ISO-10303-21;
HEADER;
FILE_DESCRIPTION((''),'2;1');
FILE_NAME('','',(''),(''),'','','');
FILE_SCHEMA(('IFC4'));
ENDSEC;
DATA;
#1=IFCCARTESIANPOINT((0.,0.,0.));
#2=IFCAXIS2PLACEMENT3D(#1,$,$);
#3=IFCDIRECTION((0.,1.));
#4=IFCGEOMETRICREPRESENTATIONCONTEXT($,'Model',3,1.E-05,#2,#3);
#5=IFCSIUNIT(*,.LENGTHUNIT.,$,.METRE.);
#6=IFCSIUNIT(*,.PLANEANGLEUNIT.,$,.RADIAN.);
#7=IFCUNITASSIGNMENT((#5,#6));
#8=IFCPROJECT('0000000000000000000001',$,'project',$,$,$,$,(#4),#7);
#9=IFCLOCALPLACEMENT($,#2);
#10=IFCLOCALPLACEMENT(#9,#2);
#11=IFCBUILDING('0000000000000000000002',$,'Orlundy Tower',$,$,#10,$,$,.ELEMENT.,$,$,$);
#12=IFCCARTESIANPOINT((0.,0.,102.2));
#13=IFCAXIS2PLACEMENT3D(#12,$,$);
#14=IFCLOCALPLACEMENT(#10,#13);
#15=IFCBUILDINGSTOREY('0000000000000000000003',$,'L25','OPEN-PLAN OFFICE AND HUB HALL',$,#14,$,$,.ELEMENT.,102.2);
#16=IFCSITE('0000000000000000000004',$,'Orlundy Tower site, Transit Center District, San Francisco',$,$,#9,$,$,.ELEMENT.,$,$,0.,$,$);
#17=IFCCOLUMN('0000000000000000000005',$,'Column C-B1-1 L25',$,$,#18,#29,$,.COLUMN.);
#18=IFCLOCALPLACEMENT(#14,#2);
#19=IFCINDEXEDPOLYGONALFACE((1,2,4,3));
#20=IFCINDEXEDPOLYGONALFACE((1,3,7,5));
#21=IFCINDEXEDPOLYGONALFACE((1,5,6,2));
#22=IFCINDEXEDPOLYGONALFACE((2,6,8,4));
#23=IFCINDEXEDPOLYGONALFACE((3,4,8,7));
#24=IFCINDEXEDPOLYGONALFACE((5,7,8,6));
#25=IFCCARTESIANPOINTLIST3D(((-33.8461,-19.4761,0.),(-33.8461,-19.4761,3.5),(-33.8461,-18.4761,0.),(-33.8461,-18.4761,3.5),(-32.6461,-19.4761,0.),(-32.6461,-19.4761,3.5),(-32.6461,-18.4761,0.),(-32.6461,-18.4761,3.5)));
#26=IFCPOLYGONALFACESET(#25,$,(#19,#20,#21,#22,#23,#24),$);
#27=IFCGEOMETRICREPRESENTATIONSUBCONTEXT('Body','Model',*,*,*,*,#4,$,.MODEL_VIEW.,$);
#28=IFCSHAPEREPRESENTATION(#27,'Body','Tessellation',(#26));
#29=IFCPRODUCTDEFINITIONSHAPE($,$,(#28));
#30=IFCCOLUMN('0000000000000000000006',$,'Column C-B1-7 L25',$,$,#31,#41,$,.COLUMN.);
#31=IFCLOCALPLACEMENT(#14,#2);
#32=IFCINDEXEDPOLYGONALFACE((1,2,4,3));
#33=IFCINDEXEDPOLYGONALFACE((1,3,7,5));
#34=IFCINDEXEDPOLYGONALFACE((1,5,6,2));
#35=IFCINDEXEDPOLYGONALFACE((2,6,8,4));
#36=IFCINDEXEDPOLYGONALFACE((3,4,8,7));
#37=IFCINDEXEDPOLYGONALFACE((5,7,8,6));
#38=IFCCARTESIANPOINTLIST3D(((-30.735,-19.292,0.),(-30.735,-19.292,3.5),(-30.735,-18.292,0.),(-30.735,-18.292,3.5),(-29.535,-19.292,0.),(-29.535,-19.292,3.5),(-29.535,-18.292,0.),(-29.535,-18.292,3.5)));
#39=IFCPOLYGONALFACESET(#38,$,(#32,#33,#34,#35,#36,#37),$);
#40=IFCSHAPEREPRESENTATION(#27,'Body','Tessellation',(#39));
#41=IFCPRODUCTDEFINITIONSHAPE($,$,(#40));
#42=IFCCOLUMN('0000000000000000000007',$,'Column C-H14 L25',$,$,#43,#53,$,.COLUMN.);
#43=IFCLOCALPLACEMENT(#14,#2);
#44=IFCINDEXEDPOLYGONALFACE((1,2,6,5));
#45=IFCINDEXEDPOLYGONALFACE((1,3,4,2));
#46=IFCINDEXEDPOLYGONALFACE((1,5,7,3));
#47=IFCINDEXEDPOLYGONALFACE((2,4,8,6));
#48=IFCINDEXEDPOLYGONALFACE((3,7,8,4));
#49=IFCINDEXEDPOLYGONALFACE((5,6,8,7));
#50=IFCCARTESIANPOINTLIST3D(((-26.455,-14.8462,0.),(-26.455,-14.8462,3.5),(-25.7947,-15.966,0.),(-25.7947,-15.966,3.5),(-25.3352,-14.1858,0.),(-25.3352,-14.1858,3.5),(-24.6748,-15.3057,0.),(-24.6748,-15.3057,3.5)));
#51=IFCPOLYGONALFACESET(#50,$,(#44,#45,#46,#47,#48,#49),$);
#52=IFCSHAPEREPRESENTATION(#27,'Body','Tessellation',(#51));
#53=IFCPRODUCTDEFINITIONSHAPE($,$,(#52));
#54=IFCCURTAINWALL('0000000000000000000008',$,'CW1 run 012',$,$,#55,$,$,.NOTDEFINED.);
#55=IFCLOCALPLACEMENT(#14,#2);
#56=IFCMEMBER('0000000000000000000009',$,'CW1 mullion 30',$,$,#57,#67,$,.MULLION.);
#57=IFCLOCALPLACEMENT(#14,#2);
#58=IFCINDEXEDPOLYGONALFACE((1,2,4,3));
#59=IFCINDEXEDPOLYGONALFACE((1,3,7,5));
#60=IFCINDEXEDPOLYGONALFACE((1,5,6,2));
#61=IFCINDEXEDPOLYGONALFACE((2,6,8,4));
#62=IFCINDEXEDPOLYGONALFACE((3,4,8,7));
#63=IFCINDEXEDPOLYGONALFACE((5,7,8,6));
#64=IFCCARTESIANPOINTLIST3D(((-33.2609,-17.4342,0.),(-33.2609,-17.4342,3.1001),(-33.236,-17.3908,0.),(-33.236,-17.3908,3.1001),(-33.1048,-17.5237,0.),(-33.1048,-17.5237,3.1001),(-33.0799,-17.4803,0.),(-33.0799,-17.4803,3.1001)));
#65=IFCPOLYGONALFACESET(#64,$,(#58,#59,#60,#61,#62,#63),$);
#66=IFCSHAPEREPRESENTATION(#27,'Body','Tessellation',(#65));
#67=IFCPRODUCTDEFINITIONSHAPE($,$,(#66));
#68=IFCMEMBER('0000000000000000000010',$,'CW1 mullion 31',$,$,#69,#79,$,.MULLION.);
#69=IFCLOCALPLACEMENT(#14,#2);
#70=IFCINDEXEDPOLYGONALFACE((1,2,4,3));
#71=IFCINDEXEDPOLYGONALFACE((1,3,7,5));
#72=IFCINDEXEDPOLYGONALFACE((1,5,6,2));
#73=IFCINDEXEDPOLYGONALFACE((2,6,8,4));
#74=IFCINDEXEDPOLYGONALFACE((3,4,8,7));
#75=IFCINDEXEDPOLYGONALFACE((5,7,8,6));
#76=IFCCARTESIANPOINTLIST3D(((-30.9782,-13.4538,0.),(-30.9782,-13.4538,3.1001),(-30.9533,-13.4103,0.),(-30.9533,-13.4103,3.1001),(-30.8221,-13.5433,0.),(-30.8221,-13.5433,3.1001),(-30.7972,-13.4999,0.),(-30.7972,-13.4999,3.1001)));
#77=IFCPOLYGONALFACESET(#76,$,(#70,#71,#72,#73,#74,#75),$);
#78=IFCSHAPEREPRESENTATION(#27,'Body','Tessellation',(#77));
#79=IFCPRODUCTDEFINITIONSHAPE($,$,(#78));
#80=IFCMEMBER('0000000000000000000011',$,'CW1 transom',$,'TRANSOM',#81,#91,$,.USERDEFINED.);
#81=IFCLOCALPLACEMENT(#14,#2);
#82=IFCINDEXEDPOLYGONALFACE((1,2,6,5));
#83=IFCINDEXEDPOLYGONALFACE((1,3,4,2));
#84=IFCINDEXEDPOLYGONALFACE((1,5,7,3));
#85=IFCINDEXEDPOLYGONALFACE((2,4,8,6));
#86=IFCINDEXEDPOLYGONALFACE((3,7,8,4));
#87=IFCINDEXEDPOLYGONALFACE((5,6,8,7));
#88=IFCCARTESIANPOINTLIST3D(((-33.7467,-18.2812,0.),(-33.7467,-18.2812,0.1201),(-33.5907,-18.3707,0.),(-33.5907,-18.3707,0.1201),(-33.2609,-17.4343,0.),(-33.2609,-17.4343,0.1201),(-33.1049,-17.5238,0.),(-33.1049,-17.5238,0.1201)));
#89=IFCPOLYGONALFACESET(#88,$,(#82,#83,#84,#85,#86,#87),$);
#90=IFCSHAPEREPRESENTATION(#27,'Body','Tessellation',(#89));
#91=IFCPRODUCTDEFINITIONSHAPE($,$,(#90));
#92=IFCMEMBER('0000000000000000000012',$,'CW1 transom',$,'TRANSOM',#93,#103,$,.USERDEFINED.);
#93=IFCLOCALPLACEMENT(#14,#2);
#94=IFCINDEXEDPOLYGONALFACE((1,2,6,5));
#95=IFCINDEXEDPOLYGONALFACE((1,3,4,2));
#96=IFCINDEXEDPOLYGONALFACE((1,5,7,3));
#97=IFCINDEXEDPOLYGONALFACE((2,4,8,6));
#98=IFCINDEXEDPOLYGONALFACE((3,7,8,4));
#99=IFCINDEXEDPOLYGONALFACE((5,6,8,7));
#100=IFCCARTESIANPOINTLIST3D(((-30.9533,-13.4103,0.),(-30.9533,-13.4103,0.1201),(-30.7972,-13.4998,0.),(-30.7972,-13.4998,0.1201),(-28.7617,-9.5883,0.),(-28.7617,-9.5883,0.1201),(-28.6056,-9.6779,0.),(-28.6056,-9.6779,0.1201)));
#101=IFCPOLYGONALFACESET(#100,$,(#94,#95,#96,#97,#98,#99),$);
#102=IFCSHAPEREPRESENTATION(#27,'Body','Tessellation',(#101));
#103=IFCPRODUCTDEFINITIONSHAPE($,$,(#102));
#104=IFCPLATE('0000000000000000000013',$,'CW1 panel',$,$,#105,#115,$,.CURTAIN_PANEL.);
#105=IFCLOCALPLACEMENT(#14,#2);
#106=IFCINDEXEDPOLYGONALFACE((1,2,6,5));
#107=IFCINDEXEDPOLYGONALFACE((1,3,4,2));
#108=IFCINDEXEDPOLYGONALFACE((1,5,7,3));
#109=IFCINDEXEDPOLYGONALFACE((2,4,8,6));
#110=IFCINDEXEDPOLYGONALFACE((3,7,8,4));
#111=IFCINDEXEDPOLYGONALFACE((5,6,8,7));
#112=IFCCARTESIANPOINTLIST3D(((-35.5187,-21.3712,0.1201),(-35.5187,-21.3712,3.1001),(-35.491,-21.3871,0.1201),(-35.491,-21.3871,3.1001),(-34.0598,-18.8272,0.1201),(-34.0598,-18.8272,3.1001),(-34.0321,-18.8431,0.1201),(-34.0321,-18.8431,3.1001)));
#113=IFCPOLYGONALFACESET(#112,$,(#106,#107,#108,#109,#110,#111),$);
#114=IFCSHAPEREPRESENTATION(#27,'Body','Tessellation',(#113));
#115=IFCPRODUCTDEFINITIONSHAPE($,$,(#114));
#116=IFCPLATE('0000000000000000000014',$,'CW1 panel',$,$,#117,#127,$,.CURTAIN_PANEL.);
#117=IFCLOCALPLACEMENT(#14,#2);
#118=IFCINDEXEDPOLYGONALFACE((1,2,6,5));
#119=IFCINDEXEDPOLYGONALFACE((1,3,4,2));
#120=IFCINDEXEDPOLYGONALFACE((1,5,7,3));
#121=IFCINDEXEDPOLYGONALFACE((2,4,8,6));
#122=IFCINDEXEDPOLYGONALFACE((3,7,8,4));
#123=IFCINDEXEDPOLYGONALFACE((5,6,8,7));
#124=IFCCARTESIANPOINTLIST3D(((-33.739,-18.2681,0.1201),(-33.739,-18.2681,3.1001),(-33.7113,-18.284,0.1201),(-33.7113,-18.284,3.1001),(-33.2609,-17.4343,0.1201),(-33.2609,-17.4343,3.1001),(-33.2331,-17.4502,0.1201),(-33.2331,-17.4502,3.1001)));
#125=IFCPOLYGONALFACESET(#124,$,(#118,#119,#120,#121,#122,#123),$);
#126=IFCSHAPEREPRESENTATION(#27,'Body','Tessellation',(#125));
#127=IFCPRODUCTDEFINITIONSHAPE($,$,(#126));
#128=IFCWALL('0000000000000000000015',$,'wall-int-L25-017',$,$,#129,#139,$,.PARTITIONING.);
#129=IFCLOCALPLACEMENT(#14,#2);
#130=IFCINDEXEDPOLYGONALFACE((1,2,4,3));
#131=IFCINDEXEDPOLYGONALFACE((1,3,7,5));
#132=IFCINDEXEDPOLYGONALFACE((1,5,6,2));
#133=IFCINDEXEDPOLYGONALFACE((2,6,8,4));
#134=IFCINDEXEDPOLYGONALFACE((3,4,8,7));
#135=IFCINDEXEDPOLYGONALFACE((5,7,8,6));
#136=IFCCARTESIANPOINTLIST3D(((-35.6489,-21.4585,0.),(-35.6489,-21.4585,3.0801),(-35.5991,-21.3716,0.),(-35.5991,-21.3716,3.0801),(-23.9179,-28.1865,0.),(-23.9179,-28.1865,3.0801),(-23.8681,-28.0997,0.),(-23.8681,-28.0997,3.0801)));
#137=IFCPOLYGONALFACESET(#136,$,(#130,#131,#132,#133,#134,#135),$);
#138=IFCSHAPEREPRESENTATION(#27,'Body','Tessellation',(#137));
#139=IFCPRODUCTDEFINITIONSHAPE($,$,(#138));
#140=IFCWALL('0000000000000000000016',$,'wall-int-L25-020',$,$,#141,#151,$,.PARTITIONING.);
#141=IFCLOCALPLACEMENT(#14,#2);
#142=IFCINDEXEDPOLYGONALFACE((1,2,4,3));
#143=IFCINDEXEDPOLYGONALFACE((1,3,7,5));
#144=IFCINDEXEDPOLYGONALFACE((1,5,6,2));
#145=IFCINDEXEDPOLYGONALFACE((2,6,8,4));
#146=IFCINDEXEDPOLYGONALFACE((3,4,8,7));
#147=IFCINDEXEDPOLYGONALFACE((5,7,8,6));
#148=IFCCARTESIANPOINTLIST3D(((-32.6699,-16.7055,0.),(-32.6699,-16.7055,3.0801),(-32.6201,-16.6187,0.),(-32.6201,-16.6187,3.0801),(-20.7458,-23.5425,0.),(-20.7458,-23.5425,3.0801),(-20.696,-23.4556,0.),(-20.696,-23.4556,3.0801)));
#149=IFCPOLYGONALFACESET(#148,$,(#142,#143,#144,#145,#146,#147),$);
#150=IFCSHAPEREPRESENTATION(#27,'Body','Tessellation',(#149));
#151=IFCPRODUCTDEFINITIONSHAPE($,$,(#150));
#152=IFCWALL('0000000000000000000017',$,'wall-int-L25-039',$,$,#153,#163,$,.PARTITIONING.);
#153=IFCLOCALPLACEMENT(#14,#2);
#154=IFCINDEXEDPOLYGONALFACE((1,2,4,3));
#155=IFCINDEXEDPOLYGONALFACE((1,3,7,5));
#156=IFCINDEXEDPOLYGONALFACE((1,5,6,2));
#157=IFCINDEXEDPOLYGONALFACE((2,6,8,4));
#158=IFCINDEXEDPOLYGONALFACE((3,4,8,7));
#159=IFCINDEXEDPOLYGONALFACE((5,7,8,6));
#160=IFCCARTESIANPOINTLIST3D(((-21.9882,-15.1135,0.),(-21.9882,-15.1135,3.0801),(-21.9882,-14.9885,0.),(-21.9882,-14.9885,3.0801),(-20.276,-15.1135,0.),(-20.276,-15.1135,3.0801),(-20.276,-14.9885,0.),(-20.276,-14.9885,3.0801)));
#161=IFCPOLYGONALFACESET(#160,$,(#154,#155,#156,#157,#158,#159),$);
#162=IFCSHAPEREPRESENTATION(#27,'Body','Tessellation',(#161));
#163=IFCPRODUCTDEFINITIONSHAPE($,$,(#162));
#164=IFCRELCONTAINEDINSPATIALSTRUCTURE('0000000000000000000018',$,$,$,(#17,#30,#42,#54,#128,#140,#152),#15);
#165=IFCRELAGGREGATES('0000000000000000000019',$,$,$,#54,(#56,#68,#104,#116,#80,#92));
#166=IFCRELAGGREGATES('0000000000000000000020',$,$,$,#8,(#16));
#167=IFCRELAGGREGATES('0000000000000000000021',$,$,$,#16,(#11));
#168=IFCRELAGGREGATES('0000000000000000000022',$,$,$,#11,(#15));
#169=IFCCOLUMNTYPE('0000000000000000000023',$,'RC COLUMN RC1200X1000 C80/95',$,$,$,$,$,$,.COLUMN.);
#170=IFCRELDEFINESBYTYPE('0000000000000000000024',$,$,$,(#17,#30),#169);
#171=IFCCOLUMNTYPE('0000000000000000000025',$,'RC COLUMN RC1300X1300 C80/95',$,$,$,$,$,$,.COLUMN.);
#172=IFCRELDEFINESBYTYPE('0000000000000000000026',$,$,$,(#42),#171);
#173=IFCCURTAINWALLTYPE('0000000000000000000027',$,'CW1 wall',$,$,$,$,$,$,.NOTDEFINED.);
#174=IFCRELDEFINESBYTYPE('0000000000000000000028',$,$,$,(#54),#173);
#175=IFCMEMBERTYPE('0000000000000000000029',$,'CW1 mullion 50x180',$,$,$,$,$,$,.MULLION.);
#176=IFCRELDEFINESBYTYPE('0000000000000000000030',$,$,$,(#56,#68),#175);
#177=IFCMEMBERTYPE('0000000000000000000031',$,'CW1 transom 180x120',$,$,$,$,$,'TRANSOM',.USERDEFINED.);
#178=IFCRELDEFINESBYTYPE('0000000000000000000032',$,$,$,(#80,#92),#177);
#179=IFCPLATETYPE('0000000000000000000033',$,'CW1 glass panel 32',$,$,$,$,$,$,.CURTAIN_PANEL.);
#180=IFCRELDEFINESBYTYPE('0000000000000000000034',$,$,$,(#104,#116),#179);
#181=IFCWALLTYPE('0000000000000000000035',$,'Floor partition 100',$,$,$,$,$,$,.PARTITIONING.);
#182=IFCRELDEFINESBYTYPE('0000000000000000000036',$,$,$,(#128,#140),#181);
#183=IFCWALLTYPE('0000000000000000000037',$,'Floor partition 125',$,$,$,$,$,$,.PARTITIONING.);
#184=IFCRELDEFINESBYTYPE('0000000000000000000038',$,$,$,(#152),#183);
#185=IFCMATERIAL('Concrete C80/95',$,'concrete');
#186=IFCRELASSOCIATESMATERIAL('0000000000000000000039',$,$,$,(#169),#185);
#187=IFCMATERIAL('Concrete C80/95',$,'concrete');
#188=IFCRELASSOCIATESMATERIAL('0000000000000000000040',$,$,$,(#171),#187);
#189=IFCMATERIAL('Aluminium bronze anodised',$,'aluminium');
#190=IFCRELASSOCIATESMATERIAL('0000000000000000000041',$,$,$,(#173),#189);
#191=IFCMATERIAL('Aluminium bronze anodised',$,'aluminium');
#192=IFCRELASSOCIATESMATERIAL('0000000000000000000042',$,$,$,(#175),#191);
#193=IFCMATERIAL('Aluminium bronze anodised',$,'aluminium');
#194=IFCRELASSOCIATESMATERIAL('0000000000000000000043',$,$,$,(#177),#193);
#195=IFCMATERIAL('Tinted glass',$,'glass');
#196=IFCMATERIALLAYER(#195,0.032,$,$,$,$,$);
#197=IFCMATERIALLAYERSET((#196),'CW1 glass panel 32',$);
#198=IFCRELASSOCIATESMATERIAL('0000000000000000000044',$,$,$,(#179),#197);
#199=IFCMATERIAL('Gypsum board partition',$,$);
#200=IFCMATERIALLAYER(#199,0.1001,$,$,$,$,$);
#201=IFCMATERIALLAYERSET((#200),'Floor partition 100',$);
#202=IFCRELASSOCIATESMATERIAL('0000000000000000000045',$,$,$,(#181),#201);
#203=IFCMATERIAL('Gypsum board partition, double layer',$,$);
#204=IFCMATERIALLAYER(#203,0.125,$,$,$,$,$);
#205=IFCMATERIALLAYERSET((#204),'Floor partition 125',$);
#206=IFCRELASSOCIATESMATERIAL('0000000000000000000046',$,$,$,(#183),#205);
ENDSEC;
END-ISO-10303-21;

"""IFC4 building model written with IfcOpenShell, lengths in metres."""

from ifc_helpers import new_model, si_unit, direction, frame, frame_2d, origin, origin_2d, place, context, subcontext, project, spatial, rectangle, extrude, material, layer, layer_set, material_profile, profile_set, type_object, element, aggregate, save


model = new_model("IFC4")

# Units and contexts
model_context = context("Model", 3, precision=1e-05, world=origin(), true_north=direction((0.0, 1.0)))
body_context = subcontext(model_context, "Body", "Model", "MODEL_VIEW")
ifc_project = project(units=[si_unit("LENGTHUNIT", "METRE"), si_unit("PLANEANGLEUNIT", "RADIAN")], contexts=[model_context])

# Site, building, storey
site_placement = place(None, origin())
site = spatial("IfcSite", under=ifc_project, at=site_placement, Name="Orlundy Tower site, Transit Center District, San Francisco", CompositionType="ELEMENT", RefElevation=0.0)
building_placement = place(site_placement, origin())
building = spatial("IfcBuilding", under=site, at=building_placement, Name="Orlundy Tower", CompositionType="ELEMENT")
storey_placement = place(building_placement, frame((0.0, 0.0, 102.2)))
storey = spatial("IfcBuildingStorey", under=building, at=storey_placement, Name="L25", Description="OPEN-PLAN OFFICE AND HUB HALL", CompositionType="ELEMENT", Elevation=102.2)

# Columns
ifc_material_1 = material(Name="Concrete C80/95", Category="concrete")
ifc_material_profile_1 = material_profile(ifc_material_1, rectangle(XDim=1.2, YDim=1.0, at=origin_2d()), Name="RC1200X1000")
ifc_profile_set_1 = profile_set([ifc_material_profile_1], Name="Concrete C80/95")
column_type_1 = type_object("IfcColumnType", Name="RC COLUMN RC1200X1000 C80/95", PredefinedType="COLUMN", material=ifc_profile_set_1)
for number, where, z_axis, x_axis, name in (
    (1, (-33.2461, -18.9761, 0.0), (0.0, 0.0, 1.0), (1.0, 0.0, 0.0), "Column C-B1-1 L25"),
    (2, (-30.135, -18.792, 0.0), (0.0, 0.0, 1.0), (1.0, 0.0, 0.0), "Column C-B1-7 L25"),
):
    element("IfcColumn", number, at=place(storey_placement, frame(where, z_axis=z_axis, x_axis=x_axis)), inside=storey, type_object=column_type_1, Name=name, PredefinedType="COLUMN", context=body_context, shape_type="SweptSolid", body=[
        extrude(rectangle(XDim=1.2, YDim=1.0, at=origin_2d()), origin(), (0.0, 0.0, 1.0), 3.5),
    ])
ifc_material_2 = material(Name="Concrete C80/95", Category="concrete")
ifc_material_profile_2 = material_profile(ifc_material_2, rectangle(XDim=1.3, YDim=1.3, at=origin_2d()), Name="RC1300X1300")
ifc_profile_set_2 = profile_set([ifc_material_profile_2], Name="Concrete C80/95")
column_type_2 = type_object("IfcColumnType", Name="RC COLUMN RC1300X1300 C80/95", PredefinedType="COLUMN", material=ifc_profile_set_2)
column_placement = place(storey_placement, frame((-25.5649, -15.0759, 0.0), z_axis=(0.0, 0.0, 1.0), x_axis=(-0.861381, -0.507959, 0.0)))
element("IfcColumn", 3, at=column_placement, inside=storey, type_object=column_type_2, Name="Column C-H14 L25", PredefinedType="COLUMN", context=body_context, shape_type="SweptSolid", body=[
    extrude(rectangle(XDim=1.3, YDim=1.3, at=origin_2d()), origin(), (0.0, 0.0, 1.0), 3.5),
])

# Curtain wall, members, plates
ifc_material_3 = material(Name="Aluminium bronze anodised", Category="aluminium")
curtain_wall_type = type_object("IfcCurtainWallType", Name="CW1 wall", PredefinedType="NOTDEFINED", material=ifc_material_3)
curtain_wall_placement = place(storey_placement, origin())
curtain_wall = element("IfcCurtainWall", 4, at=curtain_wall_placement, inside=storey, type_object=curtain_wall_type, Name="CW1 run 012", PredefinedType="NOTDEFINED")
ifc_material_4 = material(Name="Aluminium bronze anodised", Category="aluminium")
ifc_material_profile_3 = material_profile(ifc_material_4, rectangle(XDim=0.1799, YDim=0.05, at=origin_2d()), Name="CW1 mullion 50x180")
ifc_profile_set_3 = profile_set([ifc_material_profile_3], Name="Aluminium bronze anodised")
member_type_1 = type_object("IfcMemberType", Name="CW1 mullion 50x180", PredefinedType="MULLION", material=ifc_profile_set_3)
member_1_placement = place(storey_placement, frame((-33.1704, -17.4573, 0.0), z_axis=(0.0, 0.0, 1.0), x_axis=(-0.867482, 0.497468, 0.0)))
member_1 = element("IfcMember", 5, at=member_1_placement, type_object=member_type_1, Name="CW1 mullion 30", PredefinedType="MULLION", context=body_context, shape_type="SweptSolid", body=[
    extrude(rectangle(XDim=0.1799, YDim=0.05, at=origin_2d()), origin(), (0.0, 0.0, 1.0), 3.1001),
])
member_2_placement = place(storey_placement, frame((-30.8877, -13.4768, 0.0), z_axis=(0.0, 0.0, 1.0), x_axis=(-0.867482, 0.497468, 0.0)))
member_2 = element("IfcMember", 6, at=member_2_placement, type_object=member_type_1, Name="CW1 mullion 31", PredefinedType="MULLION", context=body_context, shape_type="SweptSolid", body=[
    extrude(rectangle(XDim=0.1799, YDim=0.05, at=origin_2d()), origin(), (0.0, 0.0, 1.0), 3.1001),
])
ifc_material_5 = material(Name="Aluminium bronze anodised", Category="aluminium")
ifc_material_profile_4 = material_profile(ifc_material_5, rectangle(XDim=0.1799, YDim=0.1201, at=origin_2d()), Name="CW1 transom 180x120")
ifc_profile_set_4 = profile_set([ifc_material_profile_4], Name="Aluminium bronze anodised")
member_type_2 = type_object("IfcMemberType", Name="CW1 transom 180x120", ElementType="TRANSOM", PredefinedType="USERDEFINED", material=ifc_profile_set_4)
member_3_placement = place(storey_placement, frame((-33.6687, -18.3259, 0.0601), z_axis=(0.497592, 0.867411, 0.0), x_axis=(-0.867411, 0.497592, 0.0)))
member_3 = element("IfcMember", 7, at=member_3_placement, type_object=member_type_2, Name="CW1 transom", ObjectType="TRANSOM", PredefinedType="USERDEFINED", context=body_context, shape_type="SweptSolid", body=[
    extrude(rectangle(XDim=0.1799, YDim=0.1201, at=origin_2d()), origin(), (0.0, 0.0, 1.0), 0.9763),
])
member_4_placement = place(storey_placement, frame((-30.8752, -13.4551, 0.0601), z_axis=(0.497445, 0.867495, 0.0), x_axis=(-0.867495, 0.497445, 0.0)))
member_4 = element("IfcMember", 8, at=member_4_placement, type_object=member_type_2, Name="CW1 transom", ObjectType="TRANSOM", PredefinedType="USERDEFINED", context=body_context, shape_type="SweptSolid", body=[
    extrude(rectangle(XDim=0.1799, YDim=0.1201, at=origin_2d()), origin(), (0.0, 0.0, 1.0), 4.4058),
])
ifc_material_6 = material(Name="Tinted glass", Category="glass")
ifc_layer_1 = layer(ifc_material_6, 0.032)
ifc_layer_set_1 = layer_set([ifc_layer_1], Name="CW1 glass panel 32")
plate_type = type_object("IfcPlateType", Name="CW1 glass panel 32", PredefinedType="CURTAIN_PANEL", material=ifc_layer_set_1)
plate_1_placement = place(storey_placement, frame((-34.7754, -20.1072, 0.1201), z_axis=(0.0, 0.0, 1.0), x_axis=(0.497468, 0.867482, 0.0)))
plate_1 = element("IfcPlate", 9, at=plate_1_placement, type_object=plate_type, Name="CW1 panel", PredefinedType="CURTAIN_PANEL", context=body_context, shape_type="SweptSolid", body=[
    extrude(rectangle(XDim=2.9326, YDim=0.032, at=origin_2d()), origin(), (0.0, 0.0, 1.0), 2.98),
])
plate_2_placement = place(storey_placement, frame((-33.4861, -17.8591, 0.1201), z_axis=(0.0, 0.0, 1.0), x_axis=(0.497468, 0.867482, 0.0)))
plate_2 = element("IfcPlate", 10, at=plate_2_placement, type_object=plate_type, Name="CW1 panel", PredefinedType="CURTAIN_PANEL", context=body_context, shape_type="SweptSolid", body=[
    extrude(rectangle(XDim=0.9612, YDim=0.032, at=origin_2d()), origin(), (0.0, 0.0, 1.0), 2.98),
])
aggregate(curtain_wall, [member_1, member_2, plate_1, plate_2, member_3, member_4])

# Walls
ifc_material_7 = material(Name="Gypsum board partition")
ifc_layer_2 = layer(ifc_material_7, 0.1001)
ifc_layer_set_2 = layer_set([ifc_layer_2], Name="Floor partition 100")
wall_type_1 = type_object("IfcWallType", Name="Floor partition 100", PredefinedType="PARTITIONING", material=ifc_layer_set_2)
wall_1_placement = place(storey_placement, frame((-35.624, -21.415, 0.0), z_axis=(0.0, 0.0, 1.0), x_axis=(0.867458, -0.497511, 0.0)))
element("IfcWall", 11, at=wall_1_placement, inside=storey, type_object=wall_type_1, Name="wall-int-L25-017", PredefinedType="PARTITIONING", context=body_context, shape_type="SweptSolid", body=[
    extrude(rectangle(XDim=13.5234, YDim=0.1001, at=frame_2d((6.7617, 0.0))), origin(), (0.0, 0.0, 1.0), 3.0801),
])
wall_2_placement = place(storey_placement, frame((-32.645, -16.6621, 0.0), z_axis=(0.0, 0.0, 1.0), x_axis=(0.867516, -0.497409, 0.0)))
element("IfcWall", 12, at=wall_2_placement, inside=storey, type_object=wall_type_1, Name="wall-int-L25-020", PredefinedType="PARTITIONING", context=body_context, shape_type="SweptSolid", body=[
    extrude(rectangle(XDim=13.7451, YDim=0.1001, at=frame_2d((6.8726, 0.0))), origin(), (0.0, 0.0, 1.0), 3.0801),
])
ifc_material_8 = material(Name="Gypsum board partition, double layer")
ifc_layer_3 = layer(ifc_material_8, 0.125)
ifc_layer_set_3 = layer_set([ifc_layer_3], Name="Floor partition 125")
wall_type_2 = type_object("IfcWallType", Name="Floor partition 125", PredefinedType="PARTITIONING", material=ifc_layer_set_3)
wall_3_placement = place(storey_placement, frame((-21.988, -15.051, 0.0), z_axis=(0.0, 0.0, 1.0), x_axis=(1.0, 0.0, 0.0)))
element("IfcWall", 13, at=wall_3_placement, inside=storey, type_object=wall_type_2, Name="wall-int-L25-039", PredefinedType="PARTITIONING", context=body_context, shape_type="SweptSolid", body=[
    extrude(rectangle(XDim=1.7122, YDim=0.125, at=frame_2d((0.856, 0.0))), origin(), (0.0, 0.0, 1.0), 3.0801),
])

save(model, "model.ifc")
